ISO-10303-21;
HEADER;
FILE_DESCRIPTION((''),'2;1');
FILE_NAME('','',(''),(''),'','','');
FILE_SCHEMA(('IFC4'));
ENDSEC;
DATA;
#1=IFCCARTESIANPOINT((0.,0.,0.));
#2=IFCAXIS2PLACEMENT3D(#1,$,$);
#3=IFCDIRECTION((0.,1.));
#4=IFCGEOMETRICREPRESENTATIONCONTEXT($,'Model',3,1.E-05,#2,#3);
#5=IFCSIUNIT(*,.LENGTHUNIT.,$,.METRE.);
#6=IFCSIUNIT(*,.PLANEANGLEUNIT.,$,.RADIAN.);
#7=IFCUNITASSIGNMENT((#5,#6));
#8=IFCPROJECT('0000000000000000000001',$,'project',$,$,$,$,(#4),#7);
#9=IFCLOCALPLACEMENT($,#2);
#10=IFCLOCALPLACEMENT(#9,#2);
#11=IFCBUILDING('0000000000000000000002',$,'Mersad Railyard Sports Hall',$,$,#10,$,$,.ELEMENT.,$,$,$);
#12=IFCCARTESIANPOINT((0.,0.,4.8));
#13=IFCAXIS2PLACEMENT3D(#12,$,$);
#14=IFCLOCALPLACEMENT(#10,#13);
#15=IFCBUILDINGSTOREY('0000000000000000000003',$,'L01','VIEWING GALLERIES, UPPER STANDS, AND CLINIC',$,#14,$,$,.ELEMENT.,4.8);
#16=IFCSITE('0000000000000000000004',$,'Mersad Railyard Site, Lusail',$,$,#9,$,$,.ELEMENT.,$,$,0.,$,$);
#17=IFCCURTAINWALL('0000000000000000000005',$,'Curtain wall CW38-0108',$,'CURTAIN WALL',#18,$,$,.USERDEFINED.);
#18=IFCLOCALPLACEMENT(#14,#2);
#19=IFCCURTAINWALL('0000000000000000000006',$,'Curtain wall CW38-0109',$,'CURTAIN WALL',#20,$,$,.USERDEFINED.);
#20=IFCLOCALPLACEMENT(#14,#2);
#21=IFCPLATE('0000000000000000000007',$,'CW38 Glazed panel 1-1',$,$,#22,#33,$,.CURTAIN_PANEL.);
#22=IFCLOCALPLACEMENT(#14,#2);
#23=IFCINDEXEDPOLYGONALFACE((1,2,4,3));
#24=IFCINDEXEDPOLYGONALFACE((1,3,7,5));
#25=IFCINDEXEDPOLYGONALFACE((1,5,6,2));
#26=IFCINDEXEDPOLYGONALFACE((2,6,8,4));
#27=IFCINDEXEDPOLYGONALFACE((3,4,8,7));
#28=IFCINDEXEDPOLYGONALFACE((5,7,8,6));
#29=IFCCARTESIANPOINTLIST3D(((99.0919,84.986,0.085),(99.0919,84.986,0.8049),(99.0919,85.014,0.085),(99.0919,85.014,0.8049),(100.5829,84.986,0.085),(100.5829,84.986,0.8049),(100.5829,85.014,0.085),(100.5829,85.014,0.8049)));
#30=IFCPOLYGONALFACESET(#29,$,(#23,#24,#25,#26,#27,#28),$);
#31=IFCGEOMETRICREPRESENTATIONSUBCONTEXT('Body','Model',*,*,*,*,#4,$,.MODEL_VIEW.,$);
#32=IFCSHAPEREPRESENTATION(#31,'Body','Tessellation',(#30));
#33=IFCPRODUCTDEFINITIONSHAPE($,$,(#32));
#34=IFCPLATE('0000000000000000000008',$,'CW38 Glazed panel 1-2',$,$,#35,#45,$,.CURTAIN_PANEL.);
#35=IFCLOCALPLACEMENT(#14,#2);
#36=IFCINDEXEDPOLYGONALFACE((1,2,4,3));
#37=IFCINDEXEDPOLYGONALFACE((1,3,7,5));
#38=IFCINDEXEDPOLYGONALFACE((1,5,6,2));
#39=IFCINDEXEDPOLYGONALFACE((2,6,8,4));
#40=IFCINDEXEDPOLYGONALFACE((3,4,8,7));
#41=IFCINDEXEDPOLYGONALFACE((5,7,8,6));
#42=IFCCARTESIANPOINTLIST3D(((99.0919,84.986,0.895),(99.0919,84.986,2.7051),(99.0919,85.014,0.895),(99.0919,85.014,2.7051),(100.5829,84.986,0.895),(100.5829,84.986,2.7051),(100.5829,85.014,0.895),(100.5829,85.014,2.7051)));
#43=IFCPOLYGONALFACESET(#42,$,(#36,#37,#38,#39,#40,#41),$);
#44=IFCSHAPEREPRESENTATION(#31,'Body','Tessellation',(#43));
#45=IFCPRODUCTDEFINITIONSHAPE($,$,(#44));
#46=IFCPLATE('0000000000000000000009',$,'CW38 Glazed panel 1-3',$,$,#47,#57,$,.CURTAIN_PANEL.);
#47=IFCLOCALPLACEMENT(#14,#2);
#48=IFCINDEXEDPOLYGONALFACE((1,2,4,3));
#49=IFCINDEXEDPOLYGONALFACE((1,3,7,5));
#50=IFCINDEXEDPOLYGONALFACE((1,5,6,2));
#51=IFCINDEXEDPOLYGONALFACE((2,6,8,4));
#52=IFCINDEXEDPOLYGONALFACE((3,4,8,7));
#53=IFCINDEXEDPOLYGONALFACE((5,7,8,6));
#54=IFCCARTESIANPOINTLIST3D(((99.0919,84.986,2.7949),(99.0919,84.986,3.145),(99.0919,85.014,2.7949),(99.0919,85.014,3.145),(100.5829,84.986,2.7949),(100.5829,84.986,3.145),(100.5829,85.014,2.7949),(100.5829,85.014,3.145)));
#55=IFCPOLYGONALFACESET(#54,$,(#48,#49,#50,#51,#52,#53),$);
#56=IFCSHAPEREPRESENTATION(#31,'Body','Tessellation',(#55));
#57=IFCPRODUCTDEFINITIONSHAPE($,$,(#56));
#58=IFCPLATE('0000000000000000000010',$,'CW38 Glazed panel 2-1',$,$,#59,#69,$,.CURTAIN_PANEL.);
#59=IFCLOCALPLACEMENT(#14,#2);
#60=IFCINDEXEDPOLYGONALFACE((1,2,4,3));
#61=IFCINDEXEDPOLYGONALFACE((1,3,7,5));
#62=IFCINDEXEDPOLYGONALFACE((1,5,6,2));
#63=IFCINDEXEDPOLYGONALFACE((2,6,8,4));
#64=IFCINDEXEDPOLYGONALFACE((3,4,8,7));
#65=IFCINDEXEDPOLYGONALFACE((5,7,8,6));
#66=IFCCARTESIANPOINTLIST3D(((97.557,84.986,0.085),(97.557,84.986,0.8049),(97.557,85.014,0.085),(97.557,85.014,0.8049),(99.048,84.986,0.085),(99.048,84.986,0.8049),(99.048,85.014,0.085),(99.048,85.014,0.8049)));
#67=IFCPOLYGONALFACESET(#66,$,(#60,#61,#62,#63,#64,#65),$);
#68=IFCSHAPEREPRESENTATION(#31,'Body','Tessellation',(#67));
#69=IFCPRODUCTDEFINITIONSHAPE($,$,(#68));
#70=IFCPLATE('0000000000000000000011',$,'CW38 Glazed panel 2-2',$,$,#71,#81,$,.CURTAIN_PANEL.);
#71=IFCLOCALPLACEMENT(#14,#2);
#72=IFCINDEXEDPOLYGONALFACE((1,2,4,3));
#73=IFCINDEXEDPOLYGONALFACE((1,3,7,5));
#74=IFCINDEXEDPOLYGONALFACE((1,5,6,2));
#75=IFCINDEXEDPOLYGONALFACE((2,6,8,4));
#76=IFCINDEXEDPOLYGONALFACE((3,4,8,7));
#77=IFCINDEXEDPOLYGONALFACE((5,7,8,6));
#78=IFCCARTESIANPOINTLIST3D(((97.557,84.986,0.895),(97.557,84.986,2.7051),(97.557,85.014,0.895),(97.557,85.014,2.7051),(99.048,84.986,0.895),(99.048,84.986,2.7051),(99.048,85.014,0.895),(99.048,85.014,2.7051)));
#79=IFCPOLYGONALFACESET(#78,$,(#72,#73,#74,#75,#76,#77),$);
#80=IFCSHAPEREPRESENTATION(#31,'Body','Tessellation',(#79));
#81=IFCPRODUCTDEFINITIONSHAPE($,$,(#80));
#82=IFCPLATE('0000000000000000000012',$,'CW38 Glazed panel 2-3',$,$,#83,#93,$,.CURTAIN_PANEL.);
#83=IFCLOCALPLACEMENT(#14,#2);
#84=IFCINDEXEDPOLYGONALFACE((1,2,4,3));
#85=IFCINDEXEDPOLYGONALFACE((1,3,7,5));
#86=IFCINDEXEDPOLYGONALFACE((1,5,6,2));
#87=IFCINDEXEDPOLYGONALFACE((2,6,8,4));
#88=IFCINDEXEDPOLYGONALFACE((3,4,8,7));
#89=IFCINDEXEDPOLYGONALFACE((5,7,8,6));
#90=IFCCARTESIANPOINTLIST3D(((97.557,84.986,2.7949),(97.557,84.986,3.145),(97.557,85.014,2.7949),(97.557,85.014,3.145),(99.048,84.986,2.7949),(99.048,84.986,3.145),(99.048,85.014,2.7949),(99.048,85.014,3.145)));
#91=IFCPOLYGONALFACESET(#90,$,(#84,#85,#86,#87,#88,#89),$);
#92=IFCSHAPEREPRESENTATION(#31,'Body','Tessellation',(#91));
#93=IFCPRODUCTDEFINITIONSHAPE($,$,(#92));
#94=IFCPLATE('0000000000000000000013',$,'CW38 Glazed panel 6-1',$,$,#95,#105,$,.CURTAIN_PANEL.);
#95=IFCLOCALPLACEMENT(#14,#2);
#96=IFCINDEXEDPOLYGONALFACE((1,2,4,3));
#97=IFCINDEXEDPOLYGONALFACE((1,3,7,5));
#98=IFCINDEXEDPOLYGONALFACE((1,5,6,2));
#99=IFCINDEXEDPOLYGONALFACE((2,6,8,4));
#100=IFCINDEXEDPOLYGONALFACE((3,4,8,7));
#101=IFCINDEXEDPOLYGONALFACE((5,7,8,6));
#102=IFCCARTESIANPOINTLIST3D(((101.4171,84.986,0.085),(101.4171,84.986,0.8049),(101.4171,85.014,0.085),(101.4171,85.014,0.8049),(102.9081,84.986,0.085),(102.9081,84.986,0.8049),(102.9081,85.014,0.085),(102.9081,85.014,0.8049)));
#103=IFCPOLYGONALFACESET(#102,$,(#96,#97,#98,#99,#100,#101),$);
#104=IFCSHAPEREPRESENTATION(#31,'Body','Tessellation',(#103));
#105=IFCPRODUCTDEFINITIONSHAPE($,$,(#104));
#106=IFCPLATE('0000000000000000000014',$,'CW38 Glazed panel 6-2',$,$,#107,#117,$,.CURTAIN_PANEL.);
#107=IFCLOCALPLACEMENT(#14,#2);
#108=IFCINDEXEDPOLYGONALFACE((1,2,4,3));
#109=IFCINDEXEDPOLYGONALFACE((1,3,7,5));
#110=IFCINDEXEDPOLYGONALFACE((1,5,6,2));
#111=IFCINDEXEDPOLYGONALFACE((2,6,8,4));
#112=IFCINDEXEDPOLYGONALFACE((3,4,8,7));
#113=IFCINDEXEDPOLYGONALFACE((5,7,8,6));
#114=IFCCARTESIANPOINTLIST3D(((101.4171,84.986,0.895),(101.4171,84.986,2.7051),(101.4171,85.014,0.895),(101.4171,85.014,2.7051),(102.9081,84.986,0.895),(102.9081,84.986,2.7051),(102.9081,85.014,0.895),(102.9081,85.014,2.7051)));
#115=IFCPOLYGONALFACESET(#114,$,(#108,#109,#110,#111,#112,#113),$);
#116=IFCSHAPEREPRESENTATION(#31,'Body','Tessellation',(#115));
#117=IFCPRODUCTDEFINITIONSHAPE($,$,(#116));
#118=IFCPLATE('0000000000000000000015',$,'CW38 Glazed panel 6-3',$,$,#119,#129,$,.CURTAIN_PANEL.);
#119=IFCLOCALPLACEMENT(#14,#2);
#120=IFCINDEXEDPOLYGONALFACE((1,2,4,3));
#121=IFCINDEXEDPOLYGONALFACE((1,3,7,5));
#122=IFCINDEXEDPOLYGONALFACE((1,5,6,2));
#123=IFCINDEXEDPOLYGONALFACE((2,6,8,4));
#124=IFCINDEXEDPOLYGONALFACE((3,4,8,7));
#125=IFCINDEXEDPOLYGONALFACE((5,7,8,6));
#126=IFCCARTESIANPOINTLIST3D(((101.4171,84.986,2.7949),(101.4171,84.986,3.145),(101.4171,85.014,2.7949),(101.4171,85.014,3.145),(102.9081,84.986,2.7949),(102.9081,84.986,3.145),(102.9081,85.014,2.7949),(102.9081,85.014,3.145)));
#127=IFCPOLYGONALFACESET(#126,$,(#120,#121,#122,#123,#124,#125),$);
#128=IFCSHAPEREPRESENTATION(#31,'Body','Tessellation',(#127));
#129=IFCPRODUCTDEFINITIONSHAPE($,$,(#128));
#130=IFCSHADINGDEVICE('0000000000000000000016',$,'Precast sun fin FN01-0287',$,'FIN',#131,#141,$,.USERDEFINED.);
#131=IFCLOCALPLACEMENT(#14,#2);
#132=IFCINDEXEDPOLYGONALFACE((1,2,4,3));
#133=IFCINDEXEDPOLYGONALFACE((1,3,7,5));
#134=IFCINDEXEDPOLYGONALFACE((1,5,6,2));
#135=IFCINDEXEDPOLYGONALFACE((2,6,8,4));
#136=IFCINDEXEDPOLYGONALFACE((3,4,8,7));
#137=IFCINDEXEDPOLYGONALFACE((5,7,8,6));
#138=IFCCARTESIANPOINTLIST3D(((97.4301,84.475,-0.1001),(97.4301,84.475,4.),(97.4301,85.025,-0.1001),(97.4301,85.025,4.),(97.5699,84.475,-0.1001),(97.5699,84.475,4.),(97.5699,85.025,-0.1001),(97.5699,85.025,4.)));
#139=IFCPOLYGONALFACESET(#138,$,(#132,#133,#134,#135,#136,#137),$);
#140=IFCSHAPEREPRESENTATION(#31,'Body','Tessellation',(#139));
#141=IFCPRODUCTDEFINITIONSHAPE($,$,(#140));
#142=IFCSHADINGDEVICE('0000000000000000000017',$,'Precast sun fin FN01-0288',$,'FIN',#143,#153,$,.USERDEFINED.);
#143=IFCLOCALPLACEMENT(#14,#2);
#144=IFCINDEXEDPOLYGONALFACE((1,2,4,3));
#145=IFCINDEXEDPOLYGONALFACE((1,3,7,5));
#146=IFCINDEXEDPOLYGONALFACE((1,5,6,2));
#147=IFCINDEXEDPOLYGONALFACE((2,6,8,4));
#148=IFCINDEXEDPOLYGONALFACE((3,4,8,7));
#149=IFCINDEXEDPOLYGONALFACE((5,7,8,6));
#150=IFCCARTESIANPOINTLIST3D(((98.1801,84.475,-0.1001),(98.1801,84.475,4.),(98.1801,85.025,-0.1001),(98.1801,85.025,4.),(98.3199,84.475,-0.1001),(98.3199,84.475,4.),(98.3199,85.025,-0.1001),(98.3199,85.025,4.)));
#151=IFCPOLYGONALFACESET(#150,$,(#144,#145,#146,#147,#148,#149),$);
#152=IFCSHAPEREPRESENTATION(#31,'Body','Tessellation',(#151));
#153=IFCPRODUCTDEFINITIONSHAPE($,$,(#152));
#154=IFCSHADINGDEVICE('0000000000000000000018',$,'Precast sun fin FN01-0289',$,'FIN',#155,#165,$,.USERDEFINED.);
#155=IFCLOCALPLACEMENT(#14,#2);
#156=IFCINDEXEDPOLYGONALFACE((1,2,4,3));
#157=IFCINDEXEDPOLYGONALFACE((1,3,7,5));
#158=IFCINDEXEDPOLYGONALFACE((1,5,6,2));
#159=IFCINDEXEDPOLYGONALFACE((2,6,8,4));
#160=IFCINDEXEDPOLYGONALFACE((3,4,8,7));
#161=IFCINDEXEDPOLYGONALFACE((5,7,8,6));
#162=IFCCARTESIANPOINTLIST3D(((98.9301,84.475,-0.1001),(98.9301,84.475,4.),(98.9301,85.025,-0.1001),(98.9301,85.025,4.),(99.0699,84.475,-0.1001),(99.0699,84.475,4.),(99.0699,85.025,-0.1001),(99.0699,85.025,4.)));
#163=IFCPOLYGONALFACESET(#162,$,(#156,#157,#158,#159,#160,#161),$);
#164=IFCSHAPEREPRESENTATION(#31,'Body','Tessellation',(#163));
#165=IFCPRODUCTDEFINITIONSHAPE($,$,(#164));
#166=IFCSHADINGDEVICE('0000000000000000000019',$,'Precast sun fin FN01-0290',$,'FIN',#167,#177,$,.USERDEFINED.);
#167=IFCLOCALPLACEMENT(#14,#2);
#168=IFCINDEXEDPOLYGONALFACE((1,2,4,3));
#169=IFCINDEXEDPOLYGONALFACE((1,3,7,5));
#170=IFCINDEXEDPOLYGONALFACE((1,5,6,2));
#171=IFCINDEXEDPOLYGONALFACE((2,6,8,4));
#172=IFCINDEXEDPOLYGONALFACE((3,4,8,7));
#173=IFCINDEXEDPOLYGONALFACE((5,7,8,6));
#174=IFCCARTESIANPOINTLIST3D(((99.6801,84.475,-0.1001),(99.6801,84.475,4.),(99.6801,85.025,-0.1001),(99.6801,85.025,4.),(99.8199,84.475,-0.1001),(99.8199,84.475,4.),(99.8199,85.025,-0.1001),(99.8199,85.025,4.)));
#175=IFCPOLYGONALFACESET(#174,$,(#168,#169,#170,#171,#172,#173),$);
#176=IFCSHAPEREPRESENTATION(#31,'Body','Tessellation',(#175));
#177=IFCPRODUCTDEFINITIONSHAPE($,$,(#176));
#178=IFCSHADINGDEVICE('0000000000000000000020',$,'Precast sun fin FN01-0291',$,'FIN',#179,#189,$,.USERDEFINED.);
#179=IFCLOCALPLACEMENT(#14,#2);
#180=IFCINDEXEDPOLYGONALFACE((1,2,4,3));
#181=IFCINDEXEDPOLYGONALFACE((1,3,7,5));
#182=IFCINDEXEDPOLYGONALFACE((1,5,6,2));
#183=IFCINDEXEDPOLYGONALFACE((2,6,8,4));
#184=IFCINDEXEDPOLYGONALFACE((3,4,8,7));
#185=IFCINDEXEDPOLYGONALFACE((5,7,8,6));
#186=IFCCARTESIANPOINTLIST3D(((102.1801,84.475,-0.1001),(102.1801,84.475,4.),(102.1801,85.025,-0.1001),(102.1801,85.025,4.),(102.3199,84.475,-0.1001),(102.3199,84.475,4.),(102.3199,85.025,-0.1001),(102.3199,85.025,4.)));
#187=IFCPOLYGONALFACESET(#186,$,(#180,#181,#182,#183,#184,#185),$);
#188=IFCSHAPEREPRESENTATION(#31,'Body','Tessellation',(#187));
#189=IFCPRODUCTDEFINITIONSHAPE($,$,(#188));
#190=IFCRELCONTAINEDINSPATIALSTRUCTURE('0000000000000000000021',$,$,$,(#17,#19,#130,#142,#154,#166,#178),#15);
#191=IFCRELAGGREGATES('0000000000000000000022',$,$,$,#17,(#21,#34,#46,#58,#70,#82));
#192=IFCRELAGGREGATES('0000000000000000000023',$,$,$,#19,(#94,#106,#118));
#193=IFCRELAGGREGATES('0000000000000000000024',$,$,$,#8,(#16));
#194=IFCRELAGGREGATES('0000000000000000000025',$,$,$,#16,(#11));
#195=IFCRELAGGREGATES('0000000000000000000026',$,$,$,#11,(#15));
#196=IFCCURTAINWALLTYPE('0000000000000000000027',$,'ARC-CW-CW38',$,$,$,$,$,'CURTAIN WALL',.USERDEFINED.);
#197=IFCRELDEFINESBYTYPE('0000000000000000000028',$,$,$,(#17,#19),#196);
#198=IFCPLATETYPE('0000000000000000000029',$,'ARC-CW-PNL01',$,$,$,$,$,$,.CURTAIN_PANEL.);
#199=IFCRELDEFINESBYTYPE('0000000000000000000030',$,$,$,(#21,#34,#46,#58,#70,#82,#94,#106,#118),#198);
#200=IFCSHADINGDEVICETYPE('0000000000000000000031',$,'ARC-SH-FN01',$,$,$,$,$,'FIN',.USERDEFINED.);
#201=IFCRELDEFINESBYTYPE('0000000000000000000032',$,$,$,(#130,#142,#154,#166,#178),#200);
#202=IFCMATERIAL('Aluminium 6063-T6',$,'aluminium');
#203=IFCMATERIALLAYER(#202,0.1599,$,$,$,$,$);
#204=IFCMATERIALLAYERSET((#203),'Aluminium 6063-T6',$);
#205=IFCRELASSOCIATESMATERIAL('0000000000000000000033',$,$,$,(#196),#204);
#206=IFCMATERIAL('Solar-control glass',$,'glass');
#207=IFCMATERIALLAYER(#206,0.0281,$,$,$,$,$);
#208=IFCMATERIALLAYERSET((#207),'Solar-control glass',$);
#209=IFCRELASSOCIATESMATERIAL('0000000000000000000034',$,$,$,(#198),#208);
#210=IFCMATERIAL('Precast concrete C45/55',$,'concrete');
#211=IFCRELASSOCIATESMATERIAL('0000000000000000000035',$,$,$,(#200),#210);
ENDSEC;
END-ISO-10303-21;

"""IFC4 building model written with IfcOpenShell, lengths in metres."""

from ifc_helpers import new_model, si_unit, direction, frame, origin, origin_2d, place, context, subcontext, project, spatial, rectangle, extrude, material, layer, layer_set, type_object, element, aggregate, save


model = new_model("IFC4")

# Units and contexts
model_context = context("Model", 3, precision=1e-05, world=origin(), true_north=direction((0.0, 1.0)))
body_context = subcontext(model_context, "Body", "Model", "MODEL_VIEW")
ifc_project = project(units=[si_unit("LENGTHUNIT", "METRE"), si_unit("PLANEANGLEUNIT", "RADIAN")], contexts=[model_context])

# Site, building, storey
site_placement = place(None, origin())
site = spatial("IfcSite", under=ifc_project, at=site_placement, Name="Mersad Railyard Site, Lusail", CompositionType="ELEMENT", RefElevation=0.0)
building_placement = place(site_placement, origin())
building = spatial("IfcBuilding", under=site, at=building_placement, Name="Mersad Railyard Sports Hall", CompositionType="ELEMENT")
storey_placement = place(building_placement, frame((0.0, 0.0, 4.8)))
storey = spatial("IfcBuildingStorey", under=building, at=storey_placement, Name="L01", Description="VIEWING GALLERIES, UPPER STANDS, AND CLINIC", CompositionType="ELEMENT", Elevation=4.8)

# Curtain wall
ifc_material_1 = material(Name="Aluminium 6063-T6", Category="aluminium")
ifc_layer_1 = layer(ifc_material_1, 0.1599)
ifc_layer_set_1 = layer_set([ifc_layer_1], Name="Aluminium 6063-T6")
curtain_wall_type = type_object("IfcCurtainWallType", Name="ARC-CW-CW38", ElementType="CURTAIN WALL", PredefinedType="USERDEFINED", material=ifc_layer_set_1)
curtain_wall_1_placement = place(storey_placement, origin())
curtain_wall_1 = element("IfcCurtainWall", 1, at=curtain_wall_1_placement, inside=storey, type_object=curtain_wall_type, Name="Curtain wall CW38-0108", ObjectType="CURTAIN WALL", PredefinedType="USERDEFINED")

# Curtain wall
curtain_wall_2_placement = place(storey_placement, origin())
curtain_wall_2 = element("IfcCurtainWall", 2, at=curtain_wall_2_placement, inside=storey, type_object=curtain_wall_type, Name="Curtain wall CW38-0109", ObjectType="CURTAIN WALL", PredefinedType="USERDEFINED")

# Plates
ifc_material_2 = material(Name="Solar-control glass", Category="glass")
ifc_layer_2 = layer(ifc_material_2, 0.0281)
ifc_layer_set_2 = layer_set([ifc_layer_2], Name="Solar-control glass")
plate_type = type_object("IfcPlateType", Name="ARC-CW-PNL01", PredefinedType="CURTAIN_PANEL", material=ifc_layer_set_2)
plate_1_placement = place(storey_placement, frame((99.8374, 85.0, 0.085), z_axis=(0.0, 0.0, 1.0), x_axis=(-1.0, 0.0, 0.0)))
plate_1 = element("IfcPlate", 3, at=plate_1_placement, type_object=plate_type, Name="CW38 Glazed panel 1-1", PredefinedType="CURTAIN_PANEL", context=body_context, shape_type="SweptSolid", body=[
    extrude(rectangle(XDim=1.491, YDim=0.0281, at=origin_2d()), origin(), (0.0, 0.0, 1.0), 0.72),
])
plate_2_placement = place(storey_placement, frame((99.8374, 85.0, 0.895), z_axis=(0.0, 0.0, 1.0), x_axis=(-1.0, 0.0, 0.0)))
plate_2 = element("IfcPlate", 4, at=plate_2_placement, type_object=plate_type, Name="CW38 Glazed panel 1-2", PredefinedType="CURTAIN_PANEL", context=body_context, shape_type="SweptSolid", body=[
    extrude(rectangle(XDim=1.491, YDim=0.0281, at=origin_2d()), origin(), (0.0, 0.0, 1.0), 1.8101),
])
plate_3_placement = place(storey_placement, frame((99.8374, 85.0, 2.7949), z_axis=(0.0, 0.0, 1.0), x_axis=(-1.0, 0.0, 0.0)))
plate_3 = element("IfcPlate", 5, at=plate_3_placement, type_object=plate_type, Name="CW38 Glazed panel 1-3", PredefinedType="CURTAIN_PANEL", context=body_context, shape_type="SweptSolid", body=[
    extrude(rectangle(XDim=1.491, YDim=0.0281, at=origin_2d()), origin(), (0.0, 0.0, 1.0), 0.3501),
])
plate_4_placement = place(storey_placement, frame((98.3025, 85.0, 0.085), z_axis=(0.0, 0.0, 1.0), x_axis=(-1.0, 0.0, 0.0)))
plate_4 = element("IfcPlate", 6, at=plate_4_placement, type_object=plate_type, Name="CW38 Glazed panel 2-1", PredefinedType="CURTAIN_PANEL", context=body_context, shape_type="SweptSolid", body=[
    extrude(rectangle(XDim=1.491, YDim=0.0281, at=origin_2d()), origin(), (0.0, 0.0, 1.0), 0.72),
])
plate_5_placement = place(storey_placement, frame((98.3025, 85.0, 0.895), z_axis=(0.0, 0.0, 1.0), x_axis=(-1.0, 0.0, 0.0)))
plate_5 = element("IfcPlate", 7, at=plate_5_placement, type_object=plate_type, Name="CW38 Glazed panel 2-2", PredefinedType="CURTAIN_PANEL", context=body_context, shape_type="SweptSolid", body=[
    extrude(rectangle(XDim=1.491, YDim=0.0281, at=origin_2d()), origin(), (0.0, 0.0, 1.0), 1.8101),
])
plate_6_placement = place(storey_placement, frame((98.3025, 85.0, 2.7949), z_axis=(0.0, 0.0, 1.0), x_axis=(-1.0, 0.0, 0.0)))
plate_6 = element("IfcPlate", 8, at=plate_6_placement, type_object=plate_type, Name="CW38 Glazed panel 2-3", PredefinedType="CURTAIN_PANEL", context=body_context, shape_type="SweptSolid", body=[
    extrude(rectangle(XDim=1.491, YDim=0.0281, at=origin_2d()), origin(), (0.0, 0.0, 1.0), 0.3501),
])
aggregate(curtain_wall_1, [plate_1, plate_2, plate_3, plate_4, plate_5, plate_6])
plate_7_placement = place(storey_placement, frame((102.1626, 85.0, 0.085), z_axis=(0.0, 0.0, 1.0), x_axis=(-1.0, 0.0, 0.0)))
plate_7 = element("IfcPlate", 9, at=plate_7_placement, type_object=plate_type, Name="CW38 Glazed panel 6-1", PredefinedType="CURTAIN_PANEL", context=body_context, shape_type="SweptSolid", body=[
    extrude(rectangle(XDim=1.491, YDim=0.0281, at=origin_2d()), origin(), (0.0, 0.0, 1.0), 0.72),
])
plate_8_placement = place(storey_placement, frame((102.1626, 85.0, 0.895), z_axis=(0.0, 0.0, 1.0), x_axis=(-1.0, 0.0, 0.0)))
plate_8 = element("IfcPlate", 10, at=plate_8_placement, type_object=plate_type, Name="CW38 Glazed panel 6-2", PredefinedType="CURTAIN_PANEL", context=body_context, shape_type="SweptSolid", body=[
    extrude(rectangle(XDim=1.491, YDim=0.0281, at=origin_2d()), origin(), (0.0, 0.0, 1.0), 1.8101),
])
plate_9_placement = place(storey_placement, frame((102.1626, 85.0, 2.7949), z_axis=(0.0, 0.0, 1.0), x_axis=(-1.0, 0.0, 0.0)))
plate_9 = element("IfcPlate", 11, at=plate_9_placement, type_object=plate_type, Name="CW38 Glazed panel 6-3", PredefinedType="CURTAIN_PANEL", context=body_context, shape_type="SweptSolid", body=[
    extrude(rectangle(XDim=1.491, YDim=0.0281, at=origin_2d()), origin(), (0.0, 0.0, 1.0), 0.3501),
])
aggregate(curtain_wall_2, [plate_7, plate_8, plate_9])

# Shading devices
ifc_material_3 = material(Name="Precast concrete C45/55", Category="concrete")
shading_device_type = type_object("IfcShadingDeviceType", Name="ARC-SH-FN01", ElementType="FIN", PredefinedType="USERDEFINED", material=ifc_material_3)
for number, where, z_axis, x_axis, name in (
    (12, (97.5, 84.75, -0.1001), (0.0, 0.0, 1.0), (1.0, 0.0, 0.0), "Precast sun fin FN01-0287"),
    (13, (98.25, 84.75, -0.1001), (0.0, 0.0, 1.0), (1.0, 0.0, 0.0), "Precast sun fin FN01-0288"),
    (14, (99.0, 84.75, -0.1001), (0.0, 0.0, 1.0), (1.0, 0.0, 0.0), "Precast sun fin FN01-0289"),
    (15, (99.75, 84.75, -0.1001), (0.0, 0.0, 1.0), (1.0, 0.0, 0.0), "Precast sun fin FN01-0290"),
    (16, (102.25, 84.75, -0.1001), (0.0, 0.0, 1.0), (1.0, 0.0, 0.0), "Precast sun fin FN01-0291"),
):
    element("IfcShadingDevice", number, at=place(storey_placement, frame(where, z_axis=z_axis, x_axis=x_axis)), inside=storey, type_object=shading_device_type, Name=name, ObjectType="FIN", PredefinedType="USERDEFINED", context=body_context, shape_type="SweptSolid", body=[
        extrude(rectangle(XDim=0.1399, YDim=0.55, at=origin_2d()), origin(), (0.0, 0.0, 1.0), 4.1001),
    ])

save(model, "model.ifc")
